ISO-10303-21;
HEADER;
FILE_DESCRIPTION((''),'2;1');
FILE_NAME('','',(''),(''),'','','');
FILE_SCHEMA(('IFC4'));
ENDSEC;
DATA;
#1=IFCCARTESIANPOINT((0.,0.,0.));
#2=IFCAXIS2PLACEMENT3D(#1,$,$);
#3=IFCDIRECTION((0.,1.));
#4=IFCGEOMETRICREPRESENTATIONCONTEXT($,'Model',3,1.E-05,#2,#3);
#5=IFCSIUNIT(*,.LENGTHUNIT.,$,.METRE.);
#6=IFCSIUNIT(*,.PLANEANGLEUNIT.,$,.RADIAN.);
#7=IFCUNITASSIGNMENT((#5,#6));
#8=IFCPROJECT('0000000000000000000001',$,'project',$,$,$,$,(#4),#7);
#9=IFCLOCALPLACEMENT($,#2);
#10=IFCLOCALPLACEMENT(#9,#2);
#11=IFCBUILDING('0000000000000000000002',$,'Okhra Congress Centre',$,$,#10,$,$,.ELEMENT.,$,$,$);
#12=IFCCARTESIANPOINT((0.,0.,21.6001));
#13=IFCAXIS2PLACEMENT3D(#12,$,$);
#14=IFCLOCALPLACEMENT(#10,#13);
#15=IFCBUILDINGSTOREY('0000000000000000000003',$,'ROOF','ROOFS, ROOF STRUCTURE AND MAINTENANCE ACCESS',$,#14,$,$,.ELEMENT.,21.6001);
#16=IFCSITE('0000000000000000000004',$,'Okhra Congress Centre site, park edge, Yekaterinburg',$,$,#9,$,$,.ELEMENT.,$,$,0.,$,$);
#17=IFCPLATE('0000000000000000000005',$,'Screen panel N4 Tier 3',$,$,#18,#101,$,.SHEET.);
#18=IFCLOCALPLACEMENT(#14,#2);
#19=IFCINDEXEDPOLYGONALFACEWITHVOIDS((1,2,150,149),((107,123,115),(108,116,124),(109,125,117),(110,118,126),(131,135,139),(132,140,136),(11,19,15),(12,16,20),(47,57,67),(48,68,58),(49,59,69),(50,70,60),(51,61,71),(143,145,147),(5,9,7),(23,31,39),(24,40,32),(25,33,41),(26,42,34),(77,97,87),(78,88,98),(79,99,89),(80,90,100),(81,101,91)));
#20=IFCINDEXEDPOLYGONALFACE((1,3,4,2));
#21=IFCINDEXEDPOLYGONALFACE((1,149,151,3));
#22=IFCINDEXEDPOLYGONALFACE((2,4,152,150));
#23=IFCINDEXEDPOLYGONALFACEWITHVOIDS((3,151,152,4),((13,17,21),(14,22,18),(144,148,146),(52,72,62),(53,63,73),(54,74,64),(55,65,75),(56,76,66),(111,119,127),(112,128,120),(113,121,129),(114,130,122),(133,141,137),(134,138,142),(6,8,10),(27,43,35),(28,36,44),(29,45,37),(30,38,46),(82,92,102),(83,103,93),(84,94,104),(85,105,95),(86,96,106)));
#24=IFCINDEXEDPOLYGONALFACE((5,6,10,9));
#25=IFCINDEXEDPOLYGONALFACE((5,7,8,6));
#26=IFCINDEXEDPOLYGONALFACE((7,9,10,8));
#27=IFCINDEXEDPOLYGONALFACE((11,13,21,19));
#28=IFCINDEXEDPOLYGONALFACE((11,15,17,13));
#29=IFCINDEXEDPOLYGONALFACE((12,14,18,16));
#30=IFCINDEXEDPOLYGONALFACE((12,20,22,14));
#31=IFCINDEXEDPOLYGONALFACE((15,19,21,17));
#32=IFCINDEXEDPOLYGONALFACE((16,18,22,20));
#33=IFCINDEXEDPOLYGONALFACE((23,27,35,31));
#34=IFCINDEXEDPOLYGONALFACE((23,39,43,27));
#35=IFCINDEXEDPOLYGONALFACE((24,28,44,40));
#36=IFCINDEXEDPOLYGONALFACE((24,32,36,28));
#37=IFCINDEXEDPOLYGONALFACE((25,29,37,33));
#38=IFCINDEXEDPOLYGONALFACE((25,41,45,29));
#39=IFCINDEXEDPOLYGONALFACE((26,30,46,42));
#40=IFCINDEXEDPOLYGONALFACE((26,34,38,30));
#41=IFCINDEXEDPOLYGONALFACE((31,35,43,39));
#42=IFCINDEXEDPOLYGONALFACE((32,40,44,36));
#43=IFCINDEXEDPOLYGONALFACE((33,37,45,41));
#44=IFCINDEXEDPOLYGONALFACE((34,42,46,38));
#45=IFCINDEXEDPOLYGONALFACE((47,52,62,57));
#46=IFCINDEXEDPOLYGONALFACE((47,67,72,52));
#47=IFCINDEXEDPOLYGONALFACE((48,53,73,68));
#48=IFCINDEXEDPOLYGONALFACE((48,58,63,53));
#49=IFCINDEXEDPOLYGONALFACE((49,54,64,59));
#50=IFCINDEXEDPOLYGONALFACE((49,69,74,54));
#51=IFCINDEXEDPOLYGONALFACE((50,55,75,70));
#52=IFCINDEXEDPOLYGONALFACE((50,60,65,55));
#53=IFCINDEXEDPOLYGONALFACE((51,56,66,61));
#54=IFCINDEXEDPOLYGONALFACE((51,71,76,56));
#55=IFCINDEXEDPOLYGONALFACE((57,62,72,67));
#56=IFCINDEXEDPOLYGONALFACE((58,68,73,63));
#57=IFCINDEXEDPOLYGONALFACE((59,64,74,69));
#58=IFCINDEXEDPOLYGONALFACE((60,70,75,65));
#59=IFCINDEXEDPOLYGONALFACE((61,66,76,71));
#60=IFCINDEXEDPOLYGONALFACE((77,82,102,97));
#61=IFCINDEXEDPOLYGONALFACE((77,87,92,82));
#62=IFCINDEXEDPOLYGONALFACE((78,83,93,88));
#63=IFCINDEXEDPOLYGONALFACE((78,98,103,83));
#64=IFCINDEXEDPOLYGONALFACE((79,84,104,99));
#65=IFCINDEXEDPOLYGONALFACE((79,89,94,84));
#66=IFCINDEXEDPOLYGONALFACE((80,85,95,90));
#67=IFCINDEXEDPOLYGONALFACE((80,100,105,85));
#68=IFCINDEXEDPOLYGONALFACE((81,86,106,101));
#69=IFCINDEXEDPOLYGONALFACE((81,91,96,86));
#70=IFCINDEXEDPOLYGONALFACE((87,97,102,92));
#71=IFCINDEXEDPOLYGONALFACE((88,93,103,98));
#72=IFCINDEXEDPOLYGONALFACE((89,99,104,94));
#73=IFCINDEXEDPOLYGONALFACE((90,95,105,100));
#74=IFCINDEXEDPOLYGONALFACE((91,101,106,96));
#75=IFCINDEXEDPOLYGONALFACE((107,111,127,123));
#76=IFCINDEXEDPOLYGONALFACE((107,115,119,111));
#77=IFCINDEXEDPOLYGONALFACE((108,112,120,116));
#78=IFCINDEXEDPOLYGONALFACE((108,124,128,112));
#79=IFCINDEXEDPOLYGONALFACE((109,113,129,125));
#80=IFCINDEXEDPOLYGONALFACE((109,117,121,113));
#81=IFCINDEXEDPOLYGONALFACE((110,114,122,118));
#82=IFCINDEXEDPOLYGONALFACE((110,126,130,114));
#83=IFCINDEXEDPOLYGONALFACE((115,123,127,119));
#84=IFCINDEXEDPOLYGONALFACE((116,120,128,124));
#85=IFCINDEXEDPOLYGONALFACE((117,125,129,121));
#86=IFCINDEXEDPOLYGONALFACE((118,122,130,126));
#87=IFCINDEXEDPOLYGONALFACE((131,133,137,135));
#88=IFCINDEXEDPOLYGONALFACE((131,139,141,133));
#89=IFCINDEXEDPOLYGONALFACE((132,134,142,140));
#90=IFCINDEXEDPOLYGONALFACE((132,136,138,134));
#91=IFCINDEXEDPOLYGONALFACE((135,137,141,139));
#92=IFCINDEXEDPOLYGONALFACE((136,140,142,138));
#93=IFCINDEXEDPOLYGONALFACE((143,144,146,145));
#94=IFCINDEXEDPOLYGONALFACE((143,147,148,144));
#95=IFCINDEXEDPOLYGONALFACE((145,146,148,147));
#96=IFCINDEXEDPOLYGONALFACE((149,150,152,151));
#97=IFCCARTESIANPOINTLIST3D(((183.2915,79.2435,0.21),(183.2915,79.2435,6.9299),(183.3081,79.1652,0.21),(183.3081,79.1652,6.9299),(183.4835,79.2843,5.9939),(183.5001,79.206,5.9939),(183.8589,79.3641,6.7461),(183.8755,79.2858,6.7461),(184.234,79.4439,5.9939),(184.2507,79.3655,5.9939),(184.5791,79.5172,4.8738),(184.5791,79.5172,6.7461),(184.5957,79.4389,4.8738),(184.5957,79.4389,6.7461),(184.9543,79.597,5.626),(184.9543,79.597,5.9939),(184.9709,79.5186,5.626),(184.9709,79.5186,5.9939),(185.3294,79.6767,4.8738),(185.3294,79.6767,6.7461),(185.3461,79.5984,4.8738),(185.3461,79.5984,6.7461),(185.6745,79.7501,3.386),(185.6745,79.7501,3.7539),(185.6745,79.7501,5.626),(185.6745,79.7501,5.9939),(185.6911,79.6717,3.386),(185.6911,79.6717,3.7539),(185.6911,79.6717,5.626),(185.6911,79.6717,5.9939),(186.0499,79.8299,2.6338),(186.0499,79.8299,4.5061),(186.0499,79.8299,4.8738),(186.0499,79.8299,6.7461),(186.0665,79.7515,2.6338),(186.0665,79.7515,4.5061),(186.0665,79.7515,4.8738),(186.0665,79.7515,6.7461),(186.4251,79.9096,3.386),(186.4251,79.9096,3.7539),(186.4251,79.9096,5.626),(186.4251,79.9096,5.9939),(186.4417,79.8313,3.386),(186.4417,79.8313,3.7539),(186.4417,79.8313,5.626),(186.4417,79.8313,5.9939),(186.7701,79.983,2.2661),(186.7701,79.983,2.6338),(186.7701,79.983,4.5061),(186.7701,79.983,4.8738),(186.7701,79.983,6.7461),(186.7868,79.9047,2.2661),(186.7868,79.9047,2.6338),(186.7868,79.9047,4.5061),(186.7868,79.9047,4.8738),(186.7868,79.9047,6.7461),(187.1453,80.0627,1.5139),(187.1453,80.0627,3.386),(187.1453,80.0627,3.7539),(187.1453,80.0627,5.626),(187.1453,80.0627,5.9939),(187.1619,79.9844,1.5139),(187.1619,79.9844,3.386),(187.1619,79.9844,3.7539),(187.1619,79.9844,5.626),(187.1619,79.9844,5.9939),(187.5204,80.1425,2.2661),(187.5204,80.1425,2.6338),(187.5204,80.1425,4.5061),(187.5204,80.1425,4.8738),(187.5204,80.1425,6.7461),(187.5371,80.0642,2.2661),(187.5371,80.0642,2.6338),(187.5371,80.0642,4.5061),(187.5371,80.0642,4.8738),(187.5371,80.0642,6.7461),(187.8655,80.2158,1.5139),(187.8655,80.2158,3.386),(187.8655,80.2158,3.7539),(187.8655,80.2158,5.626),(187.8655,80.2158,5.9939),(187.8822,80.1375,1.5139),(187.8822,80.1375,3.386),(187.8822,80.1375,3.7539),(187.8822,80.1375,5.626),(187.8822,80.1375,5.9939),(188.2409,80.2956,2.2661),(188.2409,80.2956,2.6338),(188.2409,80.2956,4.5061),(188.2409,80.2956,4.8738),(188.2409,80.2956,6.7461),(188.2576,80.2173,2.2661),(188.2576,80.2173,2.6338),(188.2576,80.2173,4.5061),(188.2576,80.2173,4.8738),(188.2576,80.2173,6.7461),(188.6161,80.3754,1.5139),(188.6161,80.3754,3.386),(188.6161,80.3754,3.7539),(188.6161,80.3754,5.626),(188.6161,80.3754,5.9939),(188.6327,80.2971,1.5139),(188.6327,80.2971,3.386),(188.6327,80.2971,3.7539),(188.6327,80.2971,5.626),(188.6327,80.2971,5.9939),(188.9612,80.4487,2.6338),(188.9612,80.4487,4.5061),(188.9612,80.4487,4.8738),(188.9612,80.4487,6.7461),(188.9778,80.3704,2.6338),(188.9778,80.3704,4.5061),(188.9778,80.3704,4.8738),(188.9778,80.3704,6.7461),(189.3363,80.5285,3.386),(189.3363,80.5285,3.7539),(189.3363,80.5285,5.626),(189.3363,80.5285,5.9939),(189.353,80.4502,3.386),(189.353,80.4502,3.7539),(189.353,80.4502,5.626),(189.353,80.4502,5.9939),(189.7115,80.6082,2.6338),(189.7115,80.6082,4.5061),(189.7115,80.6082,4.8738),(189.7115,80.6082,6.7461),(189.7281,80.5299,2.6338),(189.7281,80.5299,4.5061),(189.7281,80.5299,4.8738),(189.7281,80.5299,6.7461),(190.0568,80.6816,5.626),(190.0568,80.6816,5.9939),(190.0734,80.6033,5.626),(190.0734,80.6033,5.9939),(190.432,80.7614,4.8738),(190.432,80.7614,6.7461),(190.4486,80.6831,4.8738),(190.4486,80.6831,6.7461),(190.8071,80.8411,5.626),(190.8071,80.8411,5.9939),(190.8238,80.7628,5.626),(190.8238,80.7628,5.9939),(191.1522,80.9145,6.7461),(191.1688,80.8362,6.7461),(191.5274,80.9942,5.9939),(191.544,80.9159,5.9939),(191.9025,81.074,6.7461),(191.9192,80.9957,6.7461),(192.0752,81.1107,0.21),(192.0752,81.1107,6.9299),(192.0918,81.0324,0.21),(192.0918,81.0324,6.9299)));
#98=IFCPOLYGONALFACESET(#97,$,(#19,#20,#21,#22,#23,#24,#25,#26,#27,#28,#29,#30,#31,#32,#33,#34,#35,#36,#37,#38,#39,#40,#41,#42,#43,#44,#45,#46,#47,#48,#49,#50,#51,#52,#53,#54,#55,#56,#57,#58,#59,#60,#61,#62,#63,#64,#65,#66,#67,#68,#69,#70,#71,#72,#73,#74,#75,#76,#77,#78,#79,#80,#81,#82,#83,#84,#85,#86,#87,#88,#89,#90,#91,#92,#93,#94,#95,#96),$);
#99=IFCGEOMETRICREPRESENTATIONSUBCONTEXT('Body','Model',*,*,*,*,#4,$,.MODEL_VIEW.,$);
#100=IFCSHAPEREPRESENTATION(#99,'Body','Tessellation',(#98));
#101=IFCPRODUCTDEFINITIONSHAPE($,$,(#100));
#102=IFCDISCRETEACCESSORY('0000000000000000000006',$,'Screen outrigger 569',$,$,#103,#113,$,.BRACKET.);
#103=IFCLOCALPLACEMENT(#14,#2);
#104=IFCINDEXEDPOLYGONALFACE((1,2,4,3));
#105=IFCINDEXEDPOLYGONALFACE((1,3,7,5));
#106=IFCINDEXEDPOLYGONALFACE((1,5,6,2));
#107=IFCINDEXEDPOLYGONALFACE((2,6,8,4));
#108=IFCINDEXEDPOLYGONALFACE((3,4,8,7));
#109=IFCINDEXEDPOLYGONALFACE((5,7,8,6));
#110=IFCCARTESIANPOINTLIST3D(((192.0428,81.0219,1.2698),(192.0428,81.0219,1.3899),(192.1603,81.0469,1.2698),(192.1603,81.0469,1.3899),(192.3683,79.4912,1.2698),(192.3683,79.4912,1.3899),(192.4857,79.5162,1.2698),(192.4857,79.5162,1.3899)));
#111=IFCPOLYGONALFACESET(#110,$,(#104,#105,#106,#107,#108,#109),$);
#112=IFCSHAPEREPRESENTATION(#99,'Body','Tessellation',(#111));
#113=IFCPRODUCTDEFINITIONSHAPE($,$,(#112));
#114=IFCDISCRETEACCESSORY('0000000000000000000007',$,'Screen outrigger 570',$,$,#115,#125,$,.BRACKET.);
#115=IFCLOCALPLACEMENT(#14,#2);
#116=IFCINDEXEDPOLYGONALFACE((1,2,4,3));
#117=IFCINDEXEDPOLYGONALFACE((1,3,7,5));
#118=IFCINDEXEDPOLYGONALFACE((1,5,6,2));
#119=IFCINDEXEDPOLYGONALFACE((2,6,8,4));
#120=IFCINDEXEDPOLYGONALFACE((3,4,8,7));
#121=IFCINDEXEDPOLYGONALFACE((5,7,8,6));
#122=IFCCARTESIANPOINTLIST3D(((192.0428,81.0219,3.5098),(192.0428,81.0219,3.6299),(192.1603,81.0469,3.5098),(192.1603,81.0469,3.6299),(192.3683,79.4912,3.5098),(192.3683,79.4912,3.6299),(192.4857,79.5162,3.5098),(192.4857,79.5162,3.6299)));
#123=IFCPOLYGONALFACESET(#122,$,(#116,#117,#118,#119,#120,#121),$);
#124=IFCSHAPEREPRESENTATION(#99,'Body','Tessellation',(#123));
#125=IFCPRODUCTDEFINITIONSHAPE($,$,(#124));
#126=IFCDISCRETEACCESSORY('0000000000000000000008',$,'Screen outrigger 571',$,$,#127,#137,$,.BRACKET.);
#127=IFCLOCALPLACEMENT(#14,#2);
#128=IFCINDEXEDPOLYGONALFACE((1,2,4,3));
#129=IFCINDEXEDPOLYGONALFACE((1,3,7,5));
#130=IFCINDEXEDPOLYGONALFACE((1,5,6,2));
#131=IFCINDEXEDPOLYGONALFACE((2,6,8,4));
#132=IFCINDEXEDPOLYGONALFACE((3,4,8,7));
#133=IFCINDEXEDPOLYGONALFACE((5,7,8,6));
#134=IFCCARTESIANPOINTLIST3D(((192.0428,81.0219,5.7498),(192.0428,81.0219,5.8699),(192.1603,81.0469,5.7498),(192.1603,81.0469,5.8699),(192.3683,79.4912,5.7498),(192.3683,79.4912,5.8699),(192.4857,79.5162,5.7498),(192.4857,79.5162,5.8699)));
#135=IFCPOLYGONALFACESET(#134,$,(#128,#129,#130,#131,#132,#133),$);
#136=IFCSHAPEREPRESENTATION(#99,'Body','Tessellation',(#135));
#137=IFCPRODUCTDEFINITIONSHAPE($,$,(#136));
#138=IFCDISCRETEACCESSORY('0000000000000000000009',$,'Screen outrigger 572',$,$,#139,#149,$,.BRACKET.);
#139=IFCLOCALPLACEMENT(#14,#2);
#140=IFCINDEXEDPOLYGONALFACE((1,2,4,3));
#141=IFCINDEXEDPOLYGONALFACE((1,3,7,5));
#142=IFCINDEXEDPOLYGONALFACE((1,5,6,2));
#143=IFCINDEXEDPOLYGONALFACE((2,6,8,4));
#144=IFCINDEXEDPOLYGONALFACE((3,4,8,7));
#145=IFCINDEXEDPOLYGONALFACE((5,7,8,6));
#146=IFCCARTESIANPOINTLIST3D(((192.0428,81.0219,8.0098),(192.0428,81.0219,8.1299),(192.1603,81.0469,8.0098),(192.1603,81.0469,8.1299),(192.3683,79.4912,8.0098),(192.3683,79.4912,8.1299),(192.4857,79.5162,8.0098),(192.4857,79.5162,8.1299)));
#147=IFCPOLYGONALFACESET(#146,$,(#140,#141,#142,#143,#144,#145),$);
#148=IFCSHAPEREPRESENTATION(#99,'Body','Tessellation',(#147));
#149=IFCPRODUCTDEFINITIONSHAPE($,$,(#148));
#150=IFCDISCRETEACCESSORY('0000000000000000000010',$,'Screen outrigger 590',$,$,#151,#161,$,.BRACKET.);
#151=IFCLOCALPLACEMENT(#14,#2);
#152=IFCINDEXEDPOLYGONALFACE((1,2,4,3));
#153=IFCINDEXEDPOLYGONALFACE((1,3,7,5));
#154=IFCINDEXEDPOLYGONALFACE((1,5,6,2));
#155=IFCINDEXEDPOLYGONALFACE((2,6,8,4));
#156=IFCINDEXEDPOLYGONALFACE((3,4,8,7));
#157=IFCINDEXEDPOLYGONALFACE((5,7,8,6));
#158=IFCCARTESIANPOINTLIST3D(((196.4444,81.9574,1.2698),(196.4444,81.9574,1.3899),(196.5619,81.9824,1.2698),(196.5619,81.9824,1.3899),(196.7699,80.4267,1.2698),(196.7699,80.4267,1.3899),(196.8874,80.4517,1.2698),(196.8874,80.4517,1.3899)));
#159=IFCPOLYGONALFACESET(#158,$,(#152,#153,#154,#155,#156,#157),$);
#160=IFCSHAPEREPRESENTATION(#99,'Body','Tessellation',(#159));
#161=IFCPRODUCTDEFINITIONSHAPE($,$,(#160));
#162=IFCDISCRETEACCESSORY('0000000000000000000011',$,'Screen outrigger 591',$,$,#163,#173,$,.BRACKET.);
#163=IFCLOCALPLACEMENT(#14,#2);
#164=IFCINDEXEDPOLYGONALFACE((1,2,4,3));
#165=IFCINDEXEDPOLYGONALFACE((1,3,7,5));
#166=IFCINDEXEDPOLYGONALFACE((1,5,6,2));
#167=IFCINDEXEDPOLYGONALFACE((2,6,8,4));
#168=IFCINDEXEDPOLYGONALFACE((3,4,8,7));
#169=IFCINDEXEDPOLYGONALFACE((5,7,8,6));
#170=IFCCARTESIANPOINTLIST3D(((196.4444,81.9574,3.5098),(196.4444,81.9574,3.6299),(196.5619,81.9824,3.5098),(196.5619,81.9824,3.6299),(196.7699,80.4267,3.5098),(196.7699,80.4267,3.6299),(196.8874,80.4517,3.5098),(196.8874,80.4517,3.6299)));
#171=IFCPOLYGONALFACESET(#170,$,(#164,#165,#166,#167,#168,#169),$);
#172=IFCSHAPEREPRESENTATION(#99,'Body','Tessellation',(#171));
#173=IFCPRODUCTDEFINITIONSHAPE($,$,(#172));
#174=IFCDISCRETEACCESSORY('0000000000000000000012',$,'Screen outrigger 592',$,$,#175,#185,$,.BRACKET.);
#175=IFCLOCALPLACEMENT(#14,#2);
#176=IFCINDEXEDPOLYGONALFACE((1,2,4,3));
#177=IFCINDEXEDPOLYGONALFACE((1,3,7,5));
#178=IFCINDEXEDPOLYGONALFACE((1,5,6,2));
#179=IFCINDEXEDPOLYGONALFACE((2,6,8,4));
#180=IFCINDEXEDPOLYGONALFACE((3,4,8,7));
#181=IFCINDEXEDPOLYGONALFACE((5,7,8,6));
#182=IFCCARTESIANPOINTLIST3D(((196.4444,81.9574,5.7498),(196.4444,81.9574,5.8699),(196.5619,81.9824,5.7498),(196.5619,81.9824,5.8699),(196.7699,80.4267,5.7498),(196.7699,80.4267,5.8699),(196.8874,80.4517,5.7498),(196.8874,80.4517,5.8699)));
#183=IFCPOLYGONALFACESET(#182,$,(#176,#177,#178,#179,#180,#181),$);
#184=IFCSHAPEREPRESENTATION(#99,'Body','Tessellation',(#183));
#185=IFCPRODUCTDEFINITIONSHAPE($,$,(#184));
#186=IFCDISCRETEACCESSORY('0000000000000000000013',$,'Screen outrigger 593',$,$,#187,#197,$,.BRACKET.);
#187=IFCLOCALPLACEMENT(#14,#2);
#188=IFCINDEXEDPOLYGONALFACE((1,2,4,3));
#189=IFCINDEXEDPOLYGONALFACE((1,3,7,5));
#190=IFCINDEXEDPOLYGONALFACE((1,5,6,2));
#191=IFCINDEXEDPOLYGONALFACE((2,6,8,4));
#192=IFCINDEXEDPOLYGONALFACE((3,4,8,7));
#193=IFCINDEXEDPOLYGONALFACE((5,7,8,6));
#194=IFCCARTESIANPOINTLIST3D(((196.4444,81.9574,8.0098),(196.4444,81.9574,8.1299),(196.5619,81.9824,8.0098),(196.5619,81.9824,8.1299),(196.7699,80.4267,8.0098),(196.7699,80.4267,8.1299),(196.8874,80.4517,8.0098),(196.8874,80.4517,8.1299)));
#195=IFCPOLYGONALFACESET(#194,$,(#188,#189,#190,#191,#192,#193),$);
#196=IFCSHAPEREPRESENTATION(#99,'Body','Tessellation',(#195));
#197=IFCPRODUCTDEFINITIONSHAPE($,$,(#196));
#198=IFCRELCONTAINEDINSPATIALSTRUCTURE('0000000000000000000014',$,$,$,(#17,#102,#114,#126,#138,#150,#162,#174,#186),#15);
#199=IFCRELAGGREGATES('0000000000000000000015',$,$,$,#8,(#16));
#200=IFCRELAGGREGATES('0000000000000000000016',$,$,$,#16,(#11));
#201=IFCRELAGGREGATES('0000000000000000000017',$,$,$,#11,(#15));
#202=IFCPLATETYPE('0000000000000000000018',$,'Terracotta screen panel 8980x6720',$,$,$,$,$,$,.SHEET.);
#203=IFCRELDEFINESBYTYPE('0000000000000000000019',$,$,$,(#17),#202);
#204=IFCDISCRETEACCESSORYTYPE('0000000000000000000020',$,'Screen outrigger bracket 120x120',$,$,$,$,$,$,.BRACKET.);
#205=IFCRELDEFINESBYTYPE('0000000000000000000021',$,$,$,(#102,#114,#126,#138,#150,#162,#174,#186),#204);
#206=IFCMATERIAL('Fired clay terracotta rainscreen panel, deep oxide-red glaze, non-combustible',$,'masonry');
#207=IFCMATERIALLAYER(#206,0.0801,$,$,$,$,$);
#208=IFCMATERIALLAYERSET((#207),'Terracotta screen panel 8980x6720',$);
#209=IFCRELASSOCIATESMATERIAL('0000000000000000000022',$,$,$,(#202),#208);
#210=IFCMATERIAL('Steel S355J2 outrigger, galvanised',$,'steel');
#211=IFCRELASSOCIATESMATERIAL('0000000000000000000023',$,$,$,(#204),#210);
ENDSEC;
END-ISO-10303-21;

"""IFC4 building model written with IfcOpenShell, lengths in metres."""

from ifc_helpers import new_model, si_unit, direction, frame, origin, origin_2d, place, context, subcontext, project, spatial, polyline, rectangle, outline, extrude, material, layer, layer_set, material_profile, profile_set, type_object, element, save


model = new_model("IFC4")

# Units and contexts
model_context = context("Model", 3, precision=1e-05, world=origin(), true_north=direction((0.0, 1.0)))
body_context = subcontext(model_context, "Body", "Model", "MODEL_VIEW")
ifc_project = project(units=[si_unit("LENGTHUNIT", "METRE"), si_unit("PLANEANGLEUNIT", "RADIAN")], contexts=[model_context])

# Site, building, storey
site_placement = place(None, origin())
site = spatial("IfcSite", under=ifc_project, at=site_placement, Name="Okhra Congress Centre site, park edge, Yekaterinburg", CompositionType="ELEMENT", RefElevation=0.0)
building_placement = place(site_placement, origin())
building = spatial("IfcBuilding", under=site, at=building_placement, Name="Okhra Congress Centre", CompositionType="ELEMENT")
storey_placement = place(building_placement, frame((0.0, 0.0, 21.6001)))
storey = spatial("IfcBuildingStorey", under=building, at=storey_placement, Name="ROOF", Description="ROOFS, ROOF STRUCTURE AND MAINTENANCE ACCESS", CompositionType="ELEMENT", Elevation=21.6001)

# Plate
ifc_material_1 = material(Name="Fired clay terracotta rainscreen panel, deep oxide-red glaze, non-combustible", Category="masonry")
ifc_layer_1 = layer(ifc_material_1, 0.0801)
ifc_layer_set_1 = layer_set([ifc_layer_1], Name="Terracotta screen panel 8980x6720")
plate_type_1 = type_object("IfcPlateType", Name="Terracotta screen panel 8980x6720", PredefinedType="SHEET", material=ifc_layer_set_1)
plate_1_placement = place(storey_placement, frame((192.0835, 81.0715, 0.21), z_axis=(0.0, 0.0, 1.0), x_axis=(-0.978144, -0.207928, 0.0)))
element("IfcPlate", 1, at=plate_1_placement, inside=storey, type_object=plate_type_1, Name="Screen panel N4 Tier 3", PredefinedType="SHEET", context=body_context, shape_type="SweptSolid", body=[
    extrude(outline(polyline([(0.0, 0.0), (8.98, 0.0), (8.98, 6.72), (0.0, 6.72), (0.0, 0.0)]), holes=[polyline([(3.5364, 1.304), (4.3037, 1.304), (3.9199, 2.0562), (3.5364, 1.304)]), polyline([(4.6565, 2.0562), (5.04, 1.304), (5.4236, 2.0562), (4.6565, 2.0562)]), polyline([(2.4165, 2.4238), (3.1836, 2.4238), (2.8, 3.176), (2.4165, 2.4238)]), polyline([(3.5364, 3.176), (3.9199, 2.4238), (4.3037, 3.176), (3.5364, 3.176)]), polyline([(4.6565, 2.4238), (5.4236, 2.4238), (5.04, 3.176), (4.6565, 2.4238)]), polyline([(5.7764, 3.176), (6.1599, 2.4238), (6.5437, 3.176), (5.7764, 3.176)]), polyline([(2.4165, 4.2961), (2.8, 3.5439), (3.1836, 4.2961), (2.4165, 4.2961)]), polyline([(3.5364, 3.5439), (4.3037, 3.5439), (3.9199, 4.2961), (3.5364, 3.5439)]), polyline([(4.6565, 4.2961), (5.04, 3.5439), (5.4236, 4.2961), (4.6565, 4.2961)]), polyline([(5.7764, 3.5439), (6.5437, 3.5439), (6.1599, 4.2961), (5.7764, 3.5439)]), polyline([(1.2964, 5.416), (1.6799, 4.6638), (2.0635, 5.416), (1.2964, 5.416)]), polyline([(2.4165, 4.6638), (3.1836, 4.6638), (2.8, 5.416), (2.4165, 4.6638)]), polyline([(3.5364, 5.416), (3.9199, 4.6638), (4.3037, 5.416), (3.5364, 5.416)]), polyline([(4.6565, 4.6638), (5.4236, 4.6638), (5.04, 5.416), (4.6565, 4.6638)]), polyline([(5.7764, 5.416), (6.1599, 4.6638), (6.5437, 5.416), (5.7764, 5.416)]), polyline([(6.8965, 4.6638), (7.6636, 4.6638), (7.28, 5.416), (6.8965, 4.6638)]), polyline([(0.1765, 6.5361), (0.5601, 5.7839), (0.9436, 6.5361), (0.1765, 6.5361)]), polyline([(1.2964, 5.7839), (2.0635, 5.7839), (1.6799, 6.5361), (1.2964, 5.7839)]), polyline([(2.4165, 6.5361), (2.8, 5.7839), (3.1836, 6.5361), (2.4165, 6.5361)]), polyline([(3.5364, 5.7839), (4.3037, 5.7839), (3.9199, 6.5361), (3.5364, 5.7839)]), polyline([(4.6565, 6.5361), (5.04, 5.7839), (5.4236, 6.5361), (4.6565, 6.5361)]), polyline([(5.7764, 5.7839), (6.5437, 5.7839), (6.1599, 6.5361), (5.7764, 5.7839)]), polyline([(6.8965, 6.5361), (7.28, 5.7839), (7.6636, 6.5361), (6.8965, 6.5361)]), polyline([(8.0164, 5.7839), (8.7837, 5.7839), (8.3999, 6.5361), (8.0164, 5.7839)])]), frame((0.0, 0.04, 0.0), z_axis=(0.0, -1.0, 0.0), x_axis=(1.0, 0.0, 0.0)), (0.0, 0.0, 1.0), 0.0801),
])

# Discrete accessories
ifc_material_2 = material(Name="Steel S355J2 outrigger, galvanised", Category="steel")
ifc_material_profile_1 = material_profile(ifc_material_2, rectangle(XDim=0.1201, YDim=0.1201, at=origin_2d()), Name="Screen outrigger bracket 120x120")
ifc_profile_set_1 = profile_set([ifc_material_profile_1], Name="Steel S355J2 outrigger, galvanised")
discrete_accessory_type = type_object("IfcDiscreteAccessoryType", Name="Screen outrigger bracket 120x120", PredefinedType="BRACKET", material=ifc_profile_set_1)
for number, where, z_axis, x_axis, name in (
    (2, (192.427, 79.5037, 1.3298), (-0.207952, 0.978139, 0.0), (-0.978139, -0.207952, 0.0), "Screen outrigger 569"),
    (3, (192.427, 79.5037, 3.5698), (-0.207952, 0.978139, 0.0), (-0.978139, -0.207952, 0.0), "Screen outrigger 570"),
    (4, (192.427, 79.5037, 5.8098), (-0.207952, 0.978139, 0.0), (-0.978139, -0.207952, 0.0), "Screen outrigger 571"),
    (5, (192.427, 79.5037, 8.0698), (-0.207952, 0.978139, 0.0), (-0.978139, -0.207952, 0.0), "Screen outrigger 572"),
    (6, (196.8286, 80.4392, 1.3298), (-0.207952, 0.978139, 0.0), (-0.978139, -0.207952, 0.0), "Screen outrigger 590"),
    (7, (196.8286, 80.4392, 3.5698), (-0.207952, 0.978139, 0.0), (-0.978139, -0.207952, 0.0), "Screen outrigger 591"),
    (8, (196.8286, 80.4392, 5.8098), (-0.207952, 0.978139, 0.0), (-0.978139, -0.207952, 0.0), "Screen outrigger 592"),
    (9, (196.8286, 80.4392, 8.0698), (-0.207952, 0.978139, 0.0), (-0.978139, -0.207952, 0.0), "Screen outrigger 593"),
):
    element("IfcDiscreteAccessory", number, at=place(storey_placement, frame(where, z_axis=z_axis, x_axis=x_axis)), inside=storey, type_object=discrete_accessory_type, Name=name, PredefinedType="BRACKET", context=body_context, shape_type="SweptSolid", body=[
        extrude(rectangle(XDim=0.1201, YDim=0.1201, at=origin_2d()), origin(), (0.0, 0.0, 1.0), 1.5649),
    ])

save(model, "model.ifc")
